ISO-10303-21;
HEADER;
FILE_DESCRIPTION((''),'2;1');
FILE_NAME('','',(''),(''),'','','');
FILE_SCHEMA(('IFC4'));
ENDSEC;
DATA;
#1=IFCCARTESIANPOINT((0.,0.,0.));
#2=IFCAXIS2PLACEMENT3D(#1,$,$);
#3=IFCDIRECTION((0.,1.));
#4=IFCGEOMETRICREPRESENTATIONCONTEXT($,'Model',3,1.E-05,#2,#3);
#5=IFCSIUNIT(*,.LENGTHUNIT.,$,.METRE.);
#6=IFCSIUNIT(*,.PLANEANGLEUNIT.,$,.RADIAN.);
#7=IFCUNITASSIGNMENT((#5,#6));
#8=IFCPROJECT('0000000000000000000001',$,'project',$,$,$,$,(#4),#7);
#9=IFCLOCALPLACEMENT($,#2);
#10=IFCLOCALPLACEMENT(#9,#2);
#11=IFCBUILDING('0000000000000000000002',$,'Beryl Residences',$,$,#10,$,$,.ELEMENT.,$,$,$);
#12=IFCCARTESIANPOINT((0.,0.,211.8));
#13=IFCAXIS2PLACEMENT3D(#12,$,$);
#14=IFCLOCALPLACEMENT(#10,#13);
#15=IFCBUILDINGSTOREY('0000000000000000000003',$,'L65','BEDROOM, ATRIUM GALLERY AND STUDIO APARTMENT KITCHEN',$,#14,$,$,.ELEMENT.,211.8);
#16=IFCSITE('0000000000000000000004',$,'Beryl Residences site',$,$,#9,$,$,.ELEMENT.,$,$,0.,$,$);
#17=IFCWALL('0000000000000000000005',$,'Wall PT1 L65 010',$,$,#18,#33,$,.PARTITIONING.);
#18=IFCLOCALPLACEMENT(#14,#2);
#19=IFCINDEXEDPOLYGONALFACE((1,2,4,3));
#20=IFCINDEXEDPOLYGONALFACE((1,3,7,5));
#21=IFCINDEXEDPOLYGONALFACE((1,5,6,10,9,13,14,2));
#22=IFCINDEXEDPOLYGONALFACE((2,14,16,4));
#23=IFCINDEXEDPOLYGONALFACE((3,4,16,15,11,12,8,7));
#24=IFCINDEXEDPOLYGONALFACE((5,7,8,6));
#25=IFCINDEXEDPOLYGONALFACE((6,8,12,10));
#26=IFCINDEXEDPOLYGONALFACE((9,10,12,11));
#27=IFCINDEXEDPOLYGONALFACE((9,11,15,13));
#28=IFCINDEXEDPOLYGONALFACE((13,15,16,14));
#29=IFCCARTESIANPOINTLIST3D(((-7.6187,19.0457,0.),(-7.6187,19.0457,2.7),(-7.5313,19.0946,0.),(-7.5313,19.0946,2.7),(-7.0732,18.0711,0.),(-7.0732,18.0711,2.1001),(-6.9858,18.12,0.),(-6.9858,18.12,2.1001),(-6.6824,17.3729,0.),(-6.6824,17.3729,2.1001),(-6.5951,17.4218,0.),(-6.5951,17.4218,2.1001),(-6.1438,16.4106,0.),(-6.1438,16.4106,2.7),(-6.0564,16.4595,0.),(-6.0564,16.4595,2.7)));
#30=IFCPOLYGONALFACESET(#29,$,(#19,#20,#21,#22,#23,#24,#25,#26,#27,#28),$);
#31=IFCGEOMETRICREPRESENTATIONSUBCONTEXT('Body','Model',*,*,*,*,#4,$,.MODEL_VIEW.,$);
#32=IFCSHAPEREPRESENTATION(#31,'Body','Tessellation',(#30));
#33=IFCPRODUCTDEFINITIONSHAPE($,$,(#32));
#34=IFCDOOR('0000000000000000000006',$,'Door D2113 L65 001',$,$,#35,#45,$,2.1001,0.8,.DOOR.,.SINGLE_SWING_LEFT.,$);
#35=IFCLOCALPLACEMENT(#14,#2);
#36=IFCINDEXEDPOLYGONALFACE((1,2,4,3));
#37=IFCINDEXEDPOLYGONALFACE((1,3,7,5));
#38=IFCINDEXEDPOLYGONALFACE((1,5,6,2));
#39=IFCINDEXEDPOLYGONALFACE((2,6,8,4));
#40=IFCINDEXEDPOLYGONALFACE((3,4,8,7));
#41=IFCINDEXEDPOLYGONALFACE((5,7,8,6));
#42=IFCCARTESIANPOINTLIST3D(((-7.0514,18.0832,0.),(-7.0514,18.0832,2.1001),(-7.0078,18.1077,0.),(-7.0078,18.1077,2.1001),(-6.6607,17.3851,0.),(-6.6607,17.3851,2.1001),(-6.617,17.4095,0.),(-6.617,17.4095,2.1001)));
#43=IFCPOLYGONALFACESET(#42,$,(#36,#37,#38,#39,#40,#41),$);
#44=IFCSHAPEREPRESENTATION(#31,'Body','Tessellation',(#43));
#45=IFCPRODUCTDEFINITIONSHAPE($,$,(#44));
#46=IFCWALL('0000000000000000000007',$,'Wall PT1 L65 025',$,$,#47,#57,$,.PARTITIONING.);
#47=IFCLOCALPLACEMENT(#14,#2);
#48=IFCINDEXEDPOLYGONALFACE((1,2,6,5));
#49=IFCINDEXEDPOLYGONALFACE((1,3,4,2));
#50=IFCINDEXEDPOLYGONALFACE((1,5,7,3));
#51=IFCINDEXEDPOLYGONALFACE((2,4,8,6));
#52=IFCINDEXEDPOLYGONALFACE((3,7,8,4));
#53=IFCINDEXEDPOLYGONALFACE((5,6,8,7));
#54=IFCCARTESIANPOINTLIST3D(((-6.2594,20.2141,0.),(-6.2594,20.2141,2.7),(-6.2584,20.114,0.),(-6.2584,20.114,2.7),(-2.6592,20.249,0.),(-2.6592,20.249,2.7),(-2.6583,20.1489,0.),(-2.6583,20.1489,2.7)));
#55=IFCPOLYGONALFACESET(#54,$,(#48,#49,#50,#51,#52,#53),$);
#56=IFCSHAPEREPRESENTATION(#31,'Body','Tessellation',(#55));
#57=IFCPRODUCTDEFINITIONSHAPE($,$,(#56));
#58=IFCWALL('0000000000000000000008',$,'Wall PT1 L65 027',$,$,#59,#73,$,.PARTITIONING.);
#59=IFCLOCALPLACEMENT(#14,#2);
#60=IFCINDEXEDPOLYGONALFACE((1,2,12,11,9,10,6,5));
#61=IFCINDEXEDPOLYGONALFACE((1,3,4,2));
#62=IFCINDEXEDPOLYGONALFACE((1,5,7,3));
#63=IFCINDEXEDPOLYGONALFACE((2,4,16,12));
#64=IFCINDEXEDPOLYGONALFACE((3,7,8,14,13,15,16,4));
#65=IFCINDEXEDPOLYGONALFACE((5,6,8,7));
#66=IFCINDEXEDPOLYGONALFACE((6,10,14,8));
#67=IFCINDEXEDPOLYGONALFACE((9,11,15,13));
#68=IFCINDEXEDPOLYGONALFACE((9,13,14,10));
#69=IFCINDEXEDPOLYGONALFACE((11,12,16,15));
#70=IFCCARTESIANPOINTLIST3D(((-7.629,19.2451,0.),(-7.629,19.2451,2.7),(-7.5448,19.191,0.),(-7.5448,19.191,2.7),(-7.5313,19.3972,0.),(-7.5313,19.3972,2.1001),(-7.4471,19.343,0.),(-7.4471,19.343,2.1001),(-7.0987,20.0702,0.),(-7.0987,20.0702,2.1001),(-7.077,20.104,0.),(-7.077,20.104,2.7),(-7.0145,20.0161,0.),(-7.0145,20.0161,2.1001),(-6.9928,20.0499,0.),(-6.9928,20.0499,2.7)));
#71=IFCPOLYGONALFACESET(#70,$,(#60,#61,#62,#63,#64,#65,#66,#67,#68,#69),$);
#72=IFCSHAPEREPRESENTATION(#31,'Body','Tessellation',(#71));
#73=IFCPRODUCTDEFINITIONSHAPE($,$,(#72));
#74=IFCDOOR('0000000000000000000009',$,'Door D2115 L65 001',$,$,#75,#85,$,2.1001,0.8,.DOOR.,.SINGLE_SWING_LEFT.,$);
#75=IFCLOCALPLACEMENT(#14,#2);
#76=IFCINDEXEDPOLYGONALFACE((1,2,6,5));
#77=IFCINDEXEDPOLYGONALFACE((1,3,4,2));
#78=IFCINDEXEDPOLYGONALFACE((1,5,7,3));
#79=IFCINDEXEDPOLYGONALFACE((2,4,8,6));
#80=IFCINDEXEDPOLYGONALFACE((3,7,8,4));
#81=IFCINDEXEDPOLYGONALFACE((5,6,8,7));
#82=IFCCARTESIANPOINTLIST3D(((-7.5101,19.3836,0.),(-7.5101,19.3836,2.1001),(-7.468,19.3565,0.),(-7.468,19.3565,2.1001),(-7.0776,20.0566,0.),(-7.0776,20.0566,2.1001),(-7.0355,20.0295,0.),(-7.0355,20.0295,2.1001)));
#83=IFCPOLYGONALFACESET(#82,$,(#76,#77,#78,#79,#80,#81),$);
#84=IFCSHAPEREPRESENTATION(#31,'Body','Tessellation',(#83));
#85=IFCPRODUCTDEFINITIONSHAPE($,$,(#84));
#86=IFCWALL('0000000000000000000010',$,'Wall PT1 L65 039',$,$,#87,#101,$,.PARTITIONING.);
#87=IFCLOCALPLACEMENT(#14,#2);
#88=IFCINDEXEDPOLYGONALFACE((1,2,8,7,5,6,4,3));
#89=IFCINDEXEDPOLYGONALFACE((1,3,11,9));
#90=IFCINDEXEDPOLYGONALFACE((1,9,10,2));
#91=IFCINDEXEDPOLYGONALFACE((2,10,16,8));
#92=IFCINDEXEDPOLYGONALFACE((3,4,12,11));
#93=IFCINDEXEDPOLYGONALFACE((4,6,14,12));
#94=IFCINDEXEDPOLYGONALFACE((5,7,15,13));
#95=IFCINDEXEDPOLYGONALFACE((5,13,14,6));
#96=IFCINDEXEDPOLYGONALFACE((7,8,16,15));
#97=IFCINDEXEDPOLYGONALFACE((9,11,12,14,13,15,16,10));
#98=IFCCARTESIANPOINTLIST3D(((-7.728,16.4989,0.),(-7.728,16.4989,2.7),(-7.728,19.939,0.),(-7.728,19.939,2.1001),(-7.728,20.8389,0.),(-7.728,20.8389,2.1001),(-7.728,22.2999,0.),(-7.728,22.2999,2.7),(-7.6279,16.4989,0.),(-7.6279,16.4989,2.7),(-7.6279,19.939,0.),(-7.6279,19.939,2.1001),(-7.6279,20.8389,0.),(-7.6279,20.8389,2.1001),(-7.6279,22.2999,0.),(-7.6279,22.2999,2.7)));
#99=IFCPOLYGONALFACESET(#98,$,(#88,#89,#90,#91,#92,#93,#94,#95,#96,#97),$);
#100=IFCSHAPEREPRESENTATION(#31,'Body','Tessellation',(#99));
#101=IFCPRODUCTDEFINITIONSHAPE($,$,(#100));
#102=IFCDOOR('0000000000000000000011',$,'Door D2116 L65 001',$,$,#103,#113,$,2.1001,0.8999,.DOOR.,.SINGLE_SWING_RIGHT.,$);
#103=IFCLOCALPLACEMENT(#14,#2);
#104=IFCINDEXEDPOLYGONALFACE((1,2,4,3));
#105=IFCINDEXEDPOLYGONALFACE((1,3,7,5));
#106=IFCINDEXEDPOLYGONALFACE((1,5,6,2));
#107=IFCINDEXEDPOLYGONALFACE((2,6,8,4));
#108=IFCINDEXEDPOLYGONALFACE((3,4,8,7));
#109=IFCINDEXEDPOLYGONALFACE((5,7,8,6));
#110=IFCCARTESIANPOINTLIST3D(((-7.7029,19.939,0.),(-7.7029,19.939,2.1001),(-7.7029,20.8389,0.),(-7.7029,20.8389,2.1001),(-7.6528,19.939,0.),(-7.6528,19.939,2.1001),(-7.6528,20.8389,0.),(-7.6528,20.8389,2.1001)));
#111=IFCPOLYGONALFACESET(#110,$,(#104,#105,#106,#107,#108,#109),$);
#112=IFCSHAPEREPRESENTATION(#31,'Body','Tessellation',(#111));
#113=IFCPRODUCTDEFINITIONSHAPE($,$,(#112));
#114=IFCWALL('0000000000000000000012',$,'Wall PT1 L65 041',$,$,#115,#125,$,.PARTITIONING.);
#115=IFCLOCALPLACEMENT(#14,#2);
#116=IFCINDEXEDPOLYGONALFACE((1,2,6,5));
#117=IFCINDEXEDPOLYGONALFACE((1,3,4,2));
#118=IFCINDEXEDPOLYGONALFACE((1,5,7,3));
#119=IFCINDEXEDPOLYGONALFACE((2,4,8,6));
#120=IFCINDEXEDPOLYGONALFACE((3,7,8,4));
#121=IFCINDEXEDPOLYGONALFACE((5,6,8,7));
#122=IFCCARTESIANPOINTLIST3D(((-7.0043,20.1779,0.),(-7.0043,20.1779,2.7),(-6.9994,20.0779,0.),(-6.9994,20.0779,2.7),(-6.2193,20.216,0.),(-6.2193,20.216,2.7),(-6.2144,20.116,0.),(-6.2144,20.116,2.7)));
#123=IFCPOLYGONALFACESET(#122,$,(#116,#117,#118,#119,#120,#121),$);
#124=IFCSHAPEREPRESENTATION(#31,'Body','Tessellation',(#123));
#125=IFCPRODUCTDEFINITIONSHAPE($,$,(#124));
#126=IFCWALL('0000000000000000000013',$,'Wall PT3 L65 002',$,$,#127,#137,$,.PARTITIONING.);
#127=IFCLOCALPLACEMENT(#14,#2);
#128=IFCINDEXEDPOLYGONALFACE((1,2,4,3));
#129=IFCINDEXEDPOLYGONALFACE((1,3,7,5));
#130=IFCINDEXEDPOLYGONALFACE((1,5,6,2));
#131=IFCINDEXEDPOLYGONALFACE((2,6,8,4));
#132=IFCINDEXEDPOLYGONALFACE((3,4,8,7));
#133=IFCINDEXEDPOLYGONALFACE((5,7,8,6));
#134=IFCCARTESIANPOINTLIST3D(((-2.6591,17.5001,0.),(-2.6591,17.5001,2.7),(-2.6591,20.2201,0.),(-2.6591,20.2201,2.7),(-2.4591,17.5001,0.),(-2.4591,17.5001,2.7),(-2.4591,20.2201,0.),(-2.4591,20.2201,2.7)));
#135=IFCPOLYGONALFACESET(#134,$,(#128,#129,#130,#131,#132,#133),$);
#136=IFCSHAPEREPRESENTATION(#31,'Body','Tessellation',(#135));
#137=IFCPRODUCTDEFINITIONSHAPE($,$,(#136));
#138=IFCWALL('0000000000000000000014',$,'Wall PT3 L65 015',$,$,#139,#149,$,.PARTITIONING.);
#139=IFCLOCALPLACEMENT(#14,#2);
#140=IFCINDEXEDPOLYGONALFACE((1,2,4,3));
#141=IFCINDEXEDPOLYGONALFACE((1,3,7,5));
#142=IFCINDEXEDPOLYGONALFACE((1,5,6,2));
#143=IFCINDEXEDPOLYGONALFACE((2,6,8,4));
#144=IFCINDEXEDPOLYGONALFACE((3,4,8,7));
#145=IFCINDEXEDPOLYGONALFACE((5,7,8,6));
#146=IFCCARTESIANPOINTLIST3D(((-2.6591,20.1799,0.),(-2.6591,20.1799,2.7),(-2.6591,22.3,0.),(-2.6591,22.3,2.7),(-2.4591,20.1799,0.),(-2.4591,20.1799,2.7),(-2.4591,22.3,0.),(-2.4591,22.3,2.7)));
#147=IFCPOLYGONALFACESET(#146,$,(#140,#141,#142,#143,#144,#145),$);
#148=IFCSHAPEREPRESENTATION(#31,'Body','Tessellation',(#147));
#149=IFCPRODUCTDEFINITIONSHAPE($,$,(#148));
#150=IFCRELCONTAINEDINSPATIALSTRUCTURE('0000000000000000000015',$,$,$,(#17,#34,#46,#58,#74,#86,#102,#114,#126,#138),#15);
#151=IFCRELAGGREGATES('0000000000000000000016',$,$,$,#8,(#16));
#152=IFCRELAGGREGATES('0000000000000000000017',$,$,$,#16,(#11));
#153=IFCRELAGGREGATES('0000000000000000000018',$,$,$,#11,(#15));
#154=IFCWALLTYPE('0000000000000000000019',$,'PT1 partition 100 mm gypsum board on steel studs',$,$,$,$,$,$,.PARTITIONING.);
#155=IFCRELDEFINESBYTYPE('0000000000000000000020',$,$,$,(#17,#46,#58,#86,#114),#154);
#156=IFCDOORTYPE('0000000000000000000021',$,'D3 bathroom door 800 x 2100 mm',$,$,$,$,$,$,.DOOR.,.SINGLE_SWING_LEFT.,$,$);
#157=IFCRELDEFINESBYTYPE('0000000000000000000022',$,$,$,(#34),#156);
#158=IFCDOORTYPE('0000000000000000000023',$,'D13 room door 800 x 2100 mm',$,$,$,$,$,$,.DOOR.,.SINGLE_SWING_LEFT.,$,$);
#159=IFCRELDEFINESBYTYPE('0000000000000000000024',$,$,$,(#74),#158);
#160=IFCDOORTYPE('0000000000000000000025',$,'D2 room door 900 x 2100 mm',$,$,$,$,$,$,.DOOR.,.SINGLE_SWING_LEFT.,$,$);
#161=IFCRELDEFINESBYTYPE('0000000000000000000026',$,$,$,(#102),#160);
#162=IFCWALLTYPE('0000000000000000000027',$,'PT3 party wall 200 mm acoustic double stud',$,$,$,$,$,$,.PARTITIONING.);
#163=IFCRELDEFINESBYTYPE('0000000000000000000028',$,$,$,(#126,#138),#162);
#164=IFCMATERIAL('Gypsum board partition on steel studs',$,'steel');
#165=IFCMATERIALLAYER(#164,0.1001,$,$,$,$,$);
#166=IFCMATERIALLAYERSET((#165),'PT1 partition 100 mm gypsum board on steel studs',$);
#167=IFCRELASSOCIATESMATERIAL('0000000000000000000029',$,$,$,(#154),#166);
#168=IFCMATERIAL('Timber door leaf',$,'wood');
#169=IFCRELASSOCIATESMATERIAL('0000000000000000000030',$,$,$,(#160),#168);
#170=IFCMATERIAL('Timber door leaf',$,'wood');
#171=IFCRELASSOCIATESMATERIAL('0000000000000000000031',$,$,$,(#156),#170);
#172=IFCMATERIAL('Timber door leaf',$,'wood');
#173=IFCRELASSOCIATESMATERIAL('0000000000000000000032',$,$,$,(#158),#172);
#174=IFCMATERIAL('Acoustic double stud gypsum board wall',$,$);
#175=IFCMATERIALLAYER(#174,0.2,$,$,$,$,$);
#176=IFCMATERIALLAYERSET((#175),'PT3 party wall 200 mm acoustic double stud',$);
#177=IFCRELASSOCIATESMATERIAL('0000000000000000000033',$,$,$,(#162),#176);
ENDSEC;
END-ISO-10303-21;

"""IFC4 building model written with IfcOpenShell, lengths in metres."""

from ifc_helpers import new_model, si_unit, direction, frame, frame_2d, origin, place, context, subcontext, project, spatial, rectangle, extrude, material, layer, layer_set, type_object, element, fill, save


model = new_model("IFC4")

# Units and contexts
model_context = context("Model", 3, precision=1e-05, world=origin(), true_north=direction((0.0, 1.0)))
body_context = subcontext(model_context, "Body", "Model", "MODEL_VIEW")
ifc_project = project(units=[si_unit("LENGTHUNIT", "METRE"), si_unit("PLANEANGLEUNIT", "RADIAN")], contexts=[model_context])

# Site, building, storey
site_placement = place(None, origin())
site = spatial("IfcSite", under=ifc_project, at=site_placement, Name="Beryl Residences site", CompositionType="ELEMENT", RefElevation=0.0)
building_placement = place(site_placement, origin())
building = spatial("IfcBuilding", under=site, at=building_placement, Name="Beryl Residences", CompositionType="ELEMENT")
storey_placement = place(building_placement, frame((0.0, 0.0, 211.8)))
storey = spatial("IfcBuildingStorey", under=building, at=storey_placement, Name="L65", Description="BEDROOM, ATRIUM GALLERY AND STUDIO APARTMENT KITCHEN", CompositionType="ELEMENT", Elevation=211.8)

# Shared definitions
ifc_material_1 = material(Name="Gypsum board partition on steel studs", Category="steel")
ifc_layer_1 = layer(ifc_material_1, 0.1001)
ifc_layer_set_1 = layer_set([ifc_layer_1], Name="PT1 partition 100 mm gypsum board on steel studs")
wall_type_1 = type_object("IfcWallType", Name="PT1 partition 100 mm gypsum board on steel studs", PredefinedType="PARTITIONING", material=ifc_layer_set_1)

# Wall, opening, door
ifc_material_2 = material(Name="Timber door leaf", Category="wood")
door_type_1 = type_object("IfcDoorType", Name="D2 room door 900 x 2100 mm", OperationType="SINGLE_SWING_LEFT", PredefinedType="DOOR", material=ifc_material_2)
wall_1_placement = place(storey_placement, frame((-7.575, 19.0701, 0.0), z_axis=(0.0, 0.0, 1.0), x_axis=(0.488414, -0.872612, 0.0)))
wall_1 = element("IfcWall", 1, at=wall_1_placement, inside=storey, type_object=wall_type_1, Name="Wall PT1 L65 010", PredefinedType="PARTITIONING", context=body_context, shape_type="SweptSolid", body=[
    extrude(rectangle(XDim=3.0198, YDim=0.1001, at=frame_2d((1.5098, 0.0))), origin(), (0.0, 0.0, 1.0), 2.7),
])
opening_1_placement = place(wall_1_placement, frame((1.1169, 0.0, 0.0)))
opening_1 = element("IfcOpeningElement", 2, at=opening_1_placement, cuts=wall_1, PredefinedType="OPENING", context=body_context, shape_type="SweptSolid", body=[
    extrude(rectangle(XDim=0.8, YDim=2.1001, at=frame_2d((0.3999, 1.05))), frame((0.0, 0.0601, 0.0), z_axis=(0.0, -1.0, 0.0), x_axis=(1.0, 0.0, 0.0)), (0.0, 0.0, 1.0), 0.1201),
])
ifc_material_3 = material(Name="Timber door leaf", Category="wood")
door_type_2 = type_object("IfcDoorType", Name="D3 bathroom door 800 x 2100 mm", OperationType="SINGLE_SWING_LEFT", PredefinedType="DOOR", material=ifc_material_3)
door_1_placement = place(opening_1_placement, origin())
door_1 = element("IfcDoor", 3, at=door_1_placement, inside=storey, type_object=door_type_2, Name="Door D2113 L65 001", OperationType="SINGLE_SWING_LEFT", OverallHeight=2.1001, OverallWidth=0.8, PredefinedType="DOOR", context=body_context, shape_type="SweptSolid", body=[
    extrude(rectangle(XDim=0.8, YDim=2.1001, at=frame_2d((0.3999, 1.05))), frame((0.0, 0.0249, 0.0), z_axis=(0.0, -1.0, 0.0), x_axis=(1.0, 0.0, 0.0)), (0.0, 0.0, 1.0), 0.05),
])
fill(opening_1, door_1)

# Wall
wall_2_placement = place(storey_placement, frame((-6.259, 20.1641, 0.0), z_axis=(0.0, 0.0, 1.0), x_axis=(0.999953, 0.009697, 0.0)))
element("IfcWall", 4, at=wall_2_placement, inside=storey, type_object=wall_type_1, Name="Wall PT1 L65 025", PredefinedType="PARTITIONING", context=body_context, shape_type="SweptSolid", body=[
    extrude(rectangle(XDim=3.6003, YDim=0.1001, at=frame_2d((1.8003, 0.0))), origin(), (0.0, 0.0, 1.0), 2.7),
])

# Walls, openings, doors
wall_3_placement = place(storey_placement, frame((-7.5869, 19.218, 0.0), z_axis=(0.0, 0.0, 1.0), x_axis=(0.540661, 0.841241, 0.0)))
wall_3 = element("IfcWall", 5, at=wall_3_placement, inside=storey, type_object=wall_type_1, Name="Wall PT1 L65 027", PredefinedType="PARTITIONING", context=body_context, shape_type="SweptSolid", body=[
    extrude(rectangle(XDim=1.021, YDim=0.1001, at=frame_2d((0.5105, 0.0))), origin(), (0.0, 0.0, 1.0), 2.7),
])
opening_2_placement = place(wall_3_placement, frame((0.1809, 0.0, 0.0)))
opening_2 = element("IfcOpeningElement", 6, at=opening_2_placement, cuts=wall_3, PredefinedType="OPENING", context=body_context, shape_type="SweptSolid", body=[
    extrude(rectangle(XDim=0.8, YDim=2.1001, at=frame_2d((0.3999, 1.05))), frame((0.0, 0.0601, 0.0), z_axis=(0.0, -1.0, 0.0), x_axis=(1.0, 0.0, 0.0)), (0.0, 0.0, 1.0), 0.1201),
])
ifc_material_4 = material(Name="Timber door leaf", Category="wood")
door_type_3 = type_object("IfcDoorType", Name="D13 room door 800 x 2100 mm", OperationType="SINGLE_SWING_LEFT", PredefinedType="DOOR", material=ifc_material_4)
door_2_placement = place(opening_2_placement, origin())
door_2 = element("IfcDoor", 7, at=door_2_placement, inside=storey, type_object=door_type_3, Name="Door D2115 L65 001", OperationType="SINGLE_SWING_LEFT", OverallHeight=2.1001, OverallWidth=0.8, PredefinedType="DOOR", context=body_context, shape_type="SweptSolid", body=[
    extrude(rectangle(XDim=0.8, YDim=2.1001, at=frame_2d((0.3999, 1.05))), frame((0.0, 0.0249, 0.0), z_axis=(0.0, -1.0, 0.0), x_axis=(1.0, 0.0, 0.0)), (0.0, 0.0, 1.0), 0.05),
])
fill(opening_2, door_2)
wall_4_placement = place(storey_placement, frame((-7.678, 16.499, 0.0), z_axis=(0.0, 0.0, 1.0), x_axis=(0.0, 1.0, 0.0)))
wall_4 = element("IfcWall", 8, at=wall_4_placement, inside=storey, type_object=wall_type_1, Name="Wall PT1 L65 039", PredefinedType="PARTITIONING", context=body_context, shape_type="SweptSolid", body=[
    extrude(rectangle(XDim=5.801, YDim=0.1001, at=frame_2d((2.9004, 0.0))), origin(), (0.0, 0.0, 1.0), 2.7),
])
opening_3_placement = place(wall_4_placement, frame((3.4399, 0.0, 0.0)))
opening_3 = element("IfcOpeningElement", 9, at=opening_3_placement, cuts=wall_4, PredefinedType="OPENING", context=body_context, shape_type="SweptSolid", body=[
    extrude(rectangle(XDim=0.8999, YDim=2.1001, at=frame_2d((0.45, 1.05))), frame((0.0, 0.0601, 0.0), z_axis=(0.0, -1.0, 0.0), x_axis=(1.0, 0.0, 0.0)), (0.0, 0.0, 1.0), 0.1201),
])
door_3_placement = place(opening_3_placement, origin())
door_3 = element("IfcDoor", 10, at=door_3_placement, inside=storey, type_object=door_type_1, Name="Door D2116 L65 001", OperationType="SINGLE_SWING_RIGHT", OverallHeight=2.1001, OverallWidth=0.8999, PredefinedType="DOOR", context=body_context, shape_type="SweptSolid", body=[
    extrude(rectangle(XDim=0.8999, YDim=2.1001, at=frame_2d((0.45, 1.05))), frame((0.0, 0.0249, 0.0), z_axis=(0.0, -1.0, 0.0), x_axis=(1.0, 0.0, 0.0)), (0.0, 0.0, 1.0), 0.05),
])
fill(opening_3, door_3)

# Walls
wall_5_placement = place(storey_placement, frame((-7.002, 20.1279, 0.0), z_axis=(0.0, 0.0, 1.0), x_axis=(0.998825, 0.048466, 0.0)))
element("IfcWall", 11, at=wall_5_placement, inside=storey, type_object=wall_type_1, Name="Wall PT1 L65 041", PredefinedType="PARTITIONING", context=body_context, shape_type="SweptSolid", body=[
    extrude(rectangle(XDim=0.7859, YDim=0.1001, at=frame_2d((0.3931, 0.0))), origin(), (0.0, 0.0, 1.0), 2.7),
])
ifc_material_5 = material(Name="Acoustic double stud gypsum board wall")
ifc_layer_2 = layer(ifc_material_5, 0.2)
ifc_layer_set_2 = layer_set([ifc_layer_2], Name="PT3 party wall 200 mm acoustic double stud")
wall_type_2 = type_object("IfcWallType", Name="PT3 party wall 200 mm acoustic double stud", PredefinedType="PARTITIONING", material=ifc_layer_set_2)
wall_6_placement = place(storey_placement, frame((-2.5591, 20.22, 0.0), z_axis=(0.0, 0.0, 1.0), x_axis=(0.0, -1.0, 0.0)))
element("IfcWall", 12, at=wall_6_placement, inside=storey, type_object=wall_type_2, Name="Wall PT3 L65 002", PredefinedType="PARTITIONING", context=body_context, shape_type="SweptSolid", body=[
    extrude(rectangle(XDim=2.72, YDim=0.2, at=frame_2d((1.3599, 0.0))), origin(), (0.0, 0.0, 1.0), 2.7),
])
wall_7_placement = place(storey_placement, frame((-2.5591, 20.1799, 0.0), z_axis=(0.0, 0.0, 1.0), x_axis=(0.0, 1.0, 0.0)))
element("IfcWall", 13, at=wall_7_placement, inside=storey, type_object=wall_type_2, Name="Wall PT3 L65 015", PredefinedType="PARTITIONING", context=body_context, shape_type="SweptSolid", body=[
    extrude(rectangle(XDim=2.1201, YDim=0.2, at=frame_2d((1.0601, 0.0))), origin(), (0.0, 0.0, 1.0), 2.7),
])

save(model, "model.ifc")
